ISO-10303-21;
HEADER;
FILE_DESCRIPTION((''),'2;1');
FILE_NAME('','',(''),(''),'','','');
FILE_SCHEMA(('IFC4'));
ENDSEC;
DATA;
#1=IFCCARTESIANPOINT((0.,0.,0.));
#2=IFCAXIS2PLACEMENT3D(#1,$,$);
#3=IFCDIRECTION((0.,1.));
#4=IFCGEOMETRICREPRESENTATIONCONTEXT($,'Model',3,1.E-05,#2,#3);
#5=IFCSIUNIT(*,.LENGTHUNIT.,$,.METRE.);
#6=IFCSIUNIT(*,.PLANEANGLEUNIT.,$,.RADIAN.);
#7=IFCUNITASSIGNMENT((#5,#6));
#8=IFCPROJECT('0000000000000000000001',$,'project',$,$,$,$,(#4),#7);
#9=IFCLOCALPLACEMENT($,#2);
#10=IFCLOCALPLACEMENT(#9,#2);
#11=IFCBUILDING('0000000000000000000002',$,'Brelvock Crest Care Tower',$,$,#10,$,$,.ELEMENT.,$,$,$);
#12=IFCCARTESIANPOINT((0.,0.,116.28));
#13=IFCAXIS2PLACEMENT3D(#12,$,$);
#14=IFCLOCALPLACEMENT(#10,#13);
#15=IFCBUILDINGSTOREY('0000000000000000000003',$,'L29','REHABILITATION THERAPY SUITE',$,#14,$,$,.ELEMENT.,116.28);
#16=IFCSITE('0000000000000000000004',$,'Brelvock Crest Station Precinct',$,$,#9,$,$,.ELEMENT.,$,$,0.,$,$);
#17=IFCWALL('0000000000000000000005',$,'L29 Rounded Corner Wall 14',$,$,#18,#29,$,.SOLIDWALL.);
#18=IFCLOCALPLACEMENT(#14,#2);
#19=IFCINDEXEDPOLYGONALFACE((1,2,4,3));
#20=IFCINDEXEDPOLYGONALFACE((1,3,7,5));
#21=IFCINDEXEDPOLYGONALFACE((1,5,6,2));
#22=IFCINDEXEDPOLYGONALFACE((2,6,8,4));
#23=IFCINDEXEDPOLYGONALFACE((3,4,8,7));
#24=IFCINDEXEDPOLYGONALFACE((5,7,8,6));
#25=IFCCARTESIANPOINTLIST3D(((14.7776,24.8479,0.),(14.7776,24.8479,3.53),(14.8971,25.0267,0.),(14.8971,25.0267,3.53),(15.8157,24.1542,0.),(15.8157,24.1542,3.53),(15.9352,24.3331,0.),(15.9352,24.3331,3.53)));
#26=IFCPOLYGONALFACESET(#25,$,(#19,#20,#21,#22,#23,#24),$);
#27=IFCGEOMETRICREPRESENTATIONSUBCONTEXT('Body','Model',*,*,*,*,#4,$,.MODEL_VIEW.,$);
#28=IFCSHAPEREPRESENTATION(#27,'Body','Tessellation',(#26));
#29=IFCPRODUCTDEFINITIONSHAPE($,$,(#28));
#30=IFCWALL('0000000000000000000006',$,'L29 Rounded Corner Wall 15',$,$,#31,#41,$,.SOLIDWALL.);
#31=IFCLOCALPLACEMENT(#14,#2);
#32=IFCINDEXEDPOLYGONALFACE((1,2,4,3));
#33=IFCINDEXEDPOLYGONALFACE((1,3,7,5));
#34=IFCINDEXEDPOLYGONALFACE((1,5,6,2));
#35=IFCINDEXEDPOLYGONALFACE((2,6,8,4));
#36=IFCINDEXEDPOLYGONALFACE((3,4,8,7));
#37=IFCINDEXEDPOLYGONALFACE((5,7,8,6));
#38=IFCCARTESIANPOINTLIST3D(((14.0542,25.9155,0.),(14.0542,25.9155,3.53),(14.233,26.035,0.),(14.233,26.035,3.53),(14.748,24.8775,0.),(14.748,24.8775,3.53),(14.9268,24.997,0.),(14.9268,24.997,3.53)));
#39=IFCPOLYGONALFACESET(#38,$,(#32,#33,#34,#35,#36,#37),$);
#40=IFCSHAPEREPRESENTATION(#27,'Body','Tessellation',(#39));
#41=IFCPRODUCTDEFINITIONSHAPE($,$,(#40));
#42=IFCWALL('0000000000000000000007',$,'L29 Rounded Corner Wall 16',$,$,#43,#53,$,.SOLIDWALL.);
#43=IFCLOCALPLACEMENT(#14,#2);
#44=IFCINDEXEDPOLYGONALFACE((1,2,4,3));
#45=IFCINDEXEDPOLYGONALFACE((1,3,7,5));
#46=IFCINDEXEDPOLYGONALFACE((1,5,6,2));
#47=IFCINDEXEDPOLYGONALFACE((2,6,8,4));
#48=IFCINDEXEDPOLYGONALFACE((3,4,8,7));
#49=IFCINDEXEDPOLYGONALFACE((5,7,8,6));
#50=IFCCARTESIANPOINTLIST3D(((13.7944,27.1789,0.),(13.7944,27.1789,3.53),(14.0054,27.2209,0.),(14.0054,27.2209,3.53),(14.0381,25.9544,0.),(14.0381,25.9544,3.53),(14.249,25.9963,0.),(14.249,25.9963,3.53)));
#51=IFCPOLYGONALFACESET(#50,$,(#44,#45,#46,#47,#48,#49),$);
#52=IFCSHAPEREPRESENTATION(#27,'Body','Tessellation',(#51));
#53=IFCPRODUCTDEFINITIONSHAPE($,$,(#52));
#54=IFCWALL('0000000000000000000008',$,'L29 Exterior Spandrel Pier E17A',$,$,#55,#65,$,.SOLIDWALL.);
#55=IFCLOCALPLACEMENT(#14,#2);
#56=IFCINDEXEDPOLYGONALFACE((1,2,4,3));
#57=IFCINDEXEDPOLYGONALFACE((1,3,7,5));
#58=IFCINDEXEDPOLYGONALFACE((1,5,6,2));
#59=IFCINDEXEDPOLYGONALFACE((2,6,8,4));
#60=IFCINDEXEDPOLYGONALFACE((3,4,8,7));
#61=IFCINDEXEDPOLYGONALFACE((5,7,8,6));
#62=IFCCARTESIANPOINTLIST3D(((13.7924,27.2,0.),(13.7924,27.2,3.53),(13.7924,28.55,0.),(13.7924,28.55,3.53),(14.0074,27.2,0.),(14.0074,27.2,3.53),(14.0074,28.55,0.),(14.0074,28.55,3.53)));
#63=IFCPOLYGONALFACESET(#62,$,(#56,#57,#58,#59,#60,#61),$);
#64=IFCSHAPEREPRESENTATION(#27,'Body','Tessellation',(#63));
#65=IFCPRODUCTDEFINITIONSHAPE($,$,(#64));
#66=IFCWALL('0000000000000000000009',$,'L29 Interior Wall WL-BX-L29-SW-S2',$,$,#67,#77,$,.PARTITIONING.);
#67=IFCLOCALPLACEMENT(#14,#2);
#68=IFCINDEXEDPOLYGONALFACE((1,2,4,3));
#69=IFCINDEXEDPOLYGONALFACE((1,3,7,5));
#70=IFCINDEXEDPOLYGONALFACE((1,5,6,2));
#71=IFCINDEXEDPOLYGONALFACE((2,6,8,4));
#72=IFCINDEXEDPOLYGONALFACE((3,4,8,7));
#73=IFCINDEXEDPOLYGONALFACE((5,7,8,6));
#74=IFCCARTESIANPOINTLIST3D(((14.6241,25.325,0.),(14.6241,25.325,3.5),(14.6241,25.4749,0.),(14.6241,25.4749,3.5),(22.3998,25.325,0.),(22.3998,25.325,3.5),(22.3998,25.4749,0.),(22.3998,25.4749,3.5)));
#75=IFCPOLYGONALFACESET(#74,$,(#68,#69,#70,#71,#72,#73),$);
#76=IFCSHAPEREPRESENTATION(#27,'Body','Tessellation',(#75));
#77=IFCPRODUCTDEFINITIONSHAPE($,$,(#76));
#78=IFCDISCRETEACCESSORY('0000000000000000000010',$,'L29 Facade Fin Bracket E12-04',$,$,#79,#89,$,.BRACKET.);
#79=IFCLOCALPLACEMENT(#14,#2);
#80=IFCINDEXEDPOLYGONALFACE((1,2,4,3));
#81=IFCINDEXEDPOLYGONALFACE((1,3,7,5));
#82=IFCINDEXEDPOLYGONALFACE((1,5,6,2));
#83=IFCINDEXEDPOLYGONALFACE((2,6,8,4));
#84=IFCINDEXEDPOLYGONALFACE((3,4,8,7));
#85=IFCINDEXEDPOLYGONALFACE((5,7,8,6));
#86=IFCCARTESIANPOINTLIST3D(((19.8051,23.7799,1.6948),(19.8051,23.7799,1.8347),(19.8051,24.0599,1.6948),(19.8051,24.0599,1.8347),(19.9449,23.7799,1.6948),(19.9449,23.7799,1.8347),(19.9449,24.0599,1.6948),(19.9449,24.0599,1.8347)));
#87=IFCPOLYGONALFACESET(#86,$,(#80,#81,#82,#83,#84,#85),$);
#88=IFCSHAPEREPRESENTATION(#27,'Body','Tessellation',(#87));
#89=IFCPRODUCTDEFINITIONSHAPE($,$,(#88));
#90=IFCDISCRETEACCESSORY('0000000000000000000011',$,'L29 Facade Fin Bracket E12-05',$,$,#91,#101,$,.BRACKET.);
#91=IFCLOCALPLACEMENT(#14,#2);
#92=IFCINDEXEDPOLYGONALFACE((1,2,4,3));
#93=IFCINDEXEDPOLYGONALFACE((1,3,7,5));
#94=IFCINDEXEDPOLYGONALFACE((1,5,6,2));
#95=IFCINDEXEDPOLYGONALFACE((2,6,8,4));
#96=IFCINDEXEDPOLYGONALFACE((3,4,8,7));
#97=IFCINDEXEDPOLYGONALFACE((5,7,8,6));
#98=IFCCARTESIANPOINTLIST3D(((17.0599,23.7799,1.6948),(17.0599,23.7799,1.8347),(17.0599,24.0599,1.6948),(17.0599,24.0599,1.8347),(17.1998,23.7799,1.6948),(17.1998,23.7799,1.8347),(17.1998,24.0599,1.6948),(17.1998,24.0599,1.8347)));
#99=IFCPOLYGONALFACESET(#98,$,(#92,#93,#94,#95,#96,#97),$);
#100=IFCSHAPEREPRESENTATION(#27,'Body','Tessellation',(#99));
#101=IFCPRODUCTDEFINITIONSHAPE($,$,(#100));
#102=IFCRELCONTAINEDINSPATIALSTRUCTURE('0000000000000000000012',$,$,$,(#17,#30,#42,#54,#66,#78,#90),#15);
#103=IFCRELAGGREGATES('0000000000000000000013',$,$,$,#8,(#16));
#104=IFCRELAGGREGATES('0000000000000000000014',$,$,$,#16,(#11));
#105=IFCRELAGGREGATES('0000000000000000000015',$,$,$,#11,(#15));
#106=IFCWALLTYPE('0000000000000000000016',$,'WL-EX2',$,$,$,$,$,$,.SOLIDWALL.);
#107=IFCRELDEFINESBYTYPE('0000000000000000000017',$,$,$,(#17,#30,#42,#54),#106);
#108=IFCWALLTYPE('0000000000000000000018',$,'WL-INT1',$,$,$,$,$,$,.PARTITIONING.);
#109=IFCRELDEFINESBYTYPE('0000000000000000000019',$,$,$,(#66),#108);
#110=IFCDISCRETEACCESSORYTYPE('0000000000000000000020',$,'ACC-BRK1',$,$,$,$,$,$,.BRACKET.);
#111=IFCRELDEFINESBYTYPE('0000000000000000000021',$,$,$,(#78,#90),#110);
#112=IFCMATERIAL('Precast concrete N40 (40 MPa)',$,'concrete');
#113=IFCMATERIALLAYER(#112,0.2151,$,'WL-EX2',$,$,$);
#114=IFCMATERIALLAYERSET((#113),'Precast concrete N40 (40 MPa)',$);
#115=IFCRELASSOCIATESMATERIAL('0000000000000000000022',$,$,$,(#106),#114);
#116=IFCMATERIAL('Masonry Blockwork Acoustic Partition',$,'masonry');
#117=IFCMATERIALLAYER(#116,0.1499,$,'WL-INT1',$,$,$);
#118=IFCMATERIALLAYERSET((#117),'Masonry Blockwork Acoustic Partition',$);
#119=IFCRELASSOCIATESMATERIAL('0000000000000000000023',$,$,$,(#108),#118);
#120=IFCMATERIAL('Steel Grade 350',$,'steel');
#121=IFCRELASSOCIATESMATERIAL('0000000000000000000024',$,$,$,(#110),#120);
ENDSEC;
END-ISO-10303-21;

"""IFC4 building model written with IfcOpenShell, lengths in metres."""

from ifc_helpers import new_model, si_unit, direction, frame, frame_2d, origin, origin_2d, place, context, subcontext, project, spatial, rectangle, extrude, source, transform, mapped, material, layer, layer_set, type_object, element, save


model = new_model("IFC4")

# Units and contexts
model_context = context("Model", 3, precision=1e-05, world=origin(), true_north=direction((0.0, 1.0)))
body_context = subcontext(model_context, "Body", "Model", "MODEL_VIEW")
ifc_project = project(units=[si_unit("LENGTHUNIT", "METRE"), si_unit("PLANEANGLEUNIT", "RADIAN")], contexts=[model_context])

# Site, building, storey
site_placement = place(None, origin())
site = spatial("IfcSite", under=ifc_project, at=site_placement, Name="Brelvock Crest Station Precinct", CompositionType="ELEMENT", RefElevation=0.0)
building_placement = place(site_placement, origin())
building = spatial("IfcBuilding", under=site, at=building_placement, Name="Brelvock Crest Care Tower", CompositionType="ELEMENT")
storey_placement = place(building_placement, frame((0.0, 0.0, 116.28)))
storey = spatial("IfcBuildingStorey", under=building, at=storey_placement, Name="L29", Description="REHABILITATION THERAPY SUITE", CompositionType="ELEMENT", Elevation=116.28)

# Shared definitions
ifc_material_1 = material(Name="Steel Grade 350", Category="steel")

# Shared definitions
ifc_material_2 = material(Name="Precast concrete N40 (40 MPa)", Category="concrete")

# Walls
ifc_layer_1 = layer(ifc_material_2, 0.2151, Name="WL-EX2")
ifc_layer_set_1 = layer_set([ifc_layer_1], Name="Precast concrete N40 (40 MPa)")
wall_type_1 = type_object("IfcWallType", Name="WL-EX2", PredefinedType="SOLIDWALL", material=ifc_layer_set_1)
for number, where, z_axis, x_axis, name in (
    (1, (15.8755, 24.2437, 0.0), (0.0, 0.0, 1.0), (-0.831478, 0.555557, 0.0), "L29 Rounded Corner Wall 14"),
    (2, (14.8374, 24.9373, 0.0), (0.0, 0.0, 1.0), (-0.555692, 0.831388, 0.0), "L29 Rounded Corner Wall 15"),
    (3, (14.1436, 25.9753, 0.0), (0.0, 0.0, 1.0), (-0.195138, 0.980776, 0.0), "L29 Rounded Corner Wall 16"),
):
    element("IfcWall", number, at=place(storey_placement, frame(where, z_axis=z_axis, x_axis=x_axis)), inside=storey, type_object=wall_type_1, Name=name, PredefinedType="SOLIDWALL", context=body_context, shape_type="SweptSolid", body=[
        extrude(rectangle(XDim=1.2485, YDim=0.2151, at=frame_2d((0.6243, 0.0))), origin(), (0.0, 0.0, 1.0), 3.53),
    ])
wall_1_placement = place(storey_placement, frame((13.8999, 27.2, 0.0), z_axis=(0.0, 0.0, 1.0), x_axis=(0.0, 1.0, 0.0)))
element("IfcWall", 4, at=wall_1_placement, inside=storey, type_object=wall_type_1, Name="L29 Exterior Spandrel Pier E17A", PredefinedType="SOLIDWALL", context=body_context, shape_type="SweptSolid", body=[
    extrude(rectangle(XDim=1.3501, YDim=0.2151, at=frame_2d((0.675, 0.0))), origin(), (0.0, 0.0, 1.0), 3.53),
])
ifc_material_3 = material(Name="Masonry Blockwork Acoustic Partition", Category="masonry")
ifc_layer_2 = layer(ifc_material_3, 0.1499, Name="WL-INT1")
ifc_layer_set_2 = layer_set([ifc_layer_2], Name="Masonry Blockwork Acoustic Partition")
wall_type_2 = type_object("IfcWallType", Name="WL-INT1", PredefinedType="PARTITIONING", material=ifc_layer_set_2)
wall_2_placement = place(storey_placement, frame((14.6243, 25.3999, 0.0), z_axis=(0.0, 0.0, 1.0), x_axis=(1.0, 0.0, 0.0)))
element("IfcWall", 5, at=wall_2_placement, inside=storey, type_object=wall_type_2, Name="L29 Interior Wall WL-BX-L29-SW-S2", PredefinedType="PARTITIONING", context=body_context, shape_type="SweptSolid", body=[
    extrude(rectangle(XDim=7.7756, YDim=0.1499, at=frame_2d((3.8877, 0.0))), origin(), (0.0, 0.0, 1.0), 3.5),
])

# Discrete accessories
discrete_accessory_type = type_object("IfcDiscreteAccessoryType", Name="ACC-BRK1", PredefinedType="BRACKET", material=ifc_material_1)
shared_shape_1 = source(origin(), body_context, "Body", "SweptSolid", [
    extrude(rectangle(XDim=0.28, YDim=0.1399, at=origin_2d()), origin(), (0.0, 0.0, 1.0), 0.1399),
])
for number, where, z_axis, x_axis, name in (
    (6, (19.875, 23.9199, 1.6948), (0.0, 0.0, 1.0), (0.0, -1.0, 0.0), "L29 Facade Fin Bracket E12-04"),
    (7, (17.1299, 23.9199, 1.6948), (0.0, 0.0, 1.0), (0.0, -1.0, 0.0), "L29 Facade Fin Bracket E12-05"),
):
    element("IfcDiscreteAccessory", number, at=place(storey_placement, frame(where, z_axis=z_axis, x_axis=x_axis)), inside=storey, type_object=discrete_accessory_type, Name=name, PredefinedType="BRACKET", context=body_context, shape_type="MappedRepresentation", body=[
        mapped(shared_shape_1, transform((0.0, 0.0, 0.0), x_axis=(1.0, 0.0, 0.0), y_axis=(0.0, 1.0, 0.0), z_axis=(0.0, 0.0, 1.0), scale=1.0)),
    ])

save(model, "model.ifc")
